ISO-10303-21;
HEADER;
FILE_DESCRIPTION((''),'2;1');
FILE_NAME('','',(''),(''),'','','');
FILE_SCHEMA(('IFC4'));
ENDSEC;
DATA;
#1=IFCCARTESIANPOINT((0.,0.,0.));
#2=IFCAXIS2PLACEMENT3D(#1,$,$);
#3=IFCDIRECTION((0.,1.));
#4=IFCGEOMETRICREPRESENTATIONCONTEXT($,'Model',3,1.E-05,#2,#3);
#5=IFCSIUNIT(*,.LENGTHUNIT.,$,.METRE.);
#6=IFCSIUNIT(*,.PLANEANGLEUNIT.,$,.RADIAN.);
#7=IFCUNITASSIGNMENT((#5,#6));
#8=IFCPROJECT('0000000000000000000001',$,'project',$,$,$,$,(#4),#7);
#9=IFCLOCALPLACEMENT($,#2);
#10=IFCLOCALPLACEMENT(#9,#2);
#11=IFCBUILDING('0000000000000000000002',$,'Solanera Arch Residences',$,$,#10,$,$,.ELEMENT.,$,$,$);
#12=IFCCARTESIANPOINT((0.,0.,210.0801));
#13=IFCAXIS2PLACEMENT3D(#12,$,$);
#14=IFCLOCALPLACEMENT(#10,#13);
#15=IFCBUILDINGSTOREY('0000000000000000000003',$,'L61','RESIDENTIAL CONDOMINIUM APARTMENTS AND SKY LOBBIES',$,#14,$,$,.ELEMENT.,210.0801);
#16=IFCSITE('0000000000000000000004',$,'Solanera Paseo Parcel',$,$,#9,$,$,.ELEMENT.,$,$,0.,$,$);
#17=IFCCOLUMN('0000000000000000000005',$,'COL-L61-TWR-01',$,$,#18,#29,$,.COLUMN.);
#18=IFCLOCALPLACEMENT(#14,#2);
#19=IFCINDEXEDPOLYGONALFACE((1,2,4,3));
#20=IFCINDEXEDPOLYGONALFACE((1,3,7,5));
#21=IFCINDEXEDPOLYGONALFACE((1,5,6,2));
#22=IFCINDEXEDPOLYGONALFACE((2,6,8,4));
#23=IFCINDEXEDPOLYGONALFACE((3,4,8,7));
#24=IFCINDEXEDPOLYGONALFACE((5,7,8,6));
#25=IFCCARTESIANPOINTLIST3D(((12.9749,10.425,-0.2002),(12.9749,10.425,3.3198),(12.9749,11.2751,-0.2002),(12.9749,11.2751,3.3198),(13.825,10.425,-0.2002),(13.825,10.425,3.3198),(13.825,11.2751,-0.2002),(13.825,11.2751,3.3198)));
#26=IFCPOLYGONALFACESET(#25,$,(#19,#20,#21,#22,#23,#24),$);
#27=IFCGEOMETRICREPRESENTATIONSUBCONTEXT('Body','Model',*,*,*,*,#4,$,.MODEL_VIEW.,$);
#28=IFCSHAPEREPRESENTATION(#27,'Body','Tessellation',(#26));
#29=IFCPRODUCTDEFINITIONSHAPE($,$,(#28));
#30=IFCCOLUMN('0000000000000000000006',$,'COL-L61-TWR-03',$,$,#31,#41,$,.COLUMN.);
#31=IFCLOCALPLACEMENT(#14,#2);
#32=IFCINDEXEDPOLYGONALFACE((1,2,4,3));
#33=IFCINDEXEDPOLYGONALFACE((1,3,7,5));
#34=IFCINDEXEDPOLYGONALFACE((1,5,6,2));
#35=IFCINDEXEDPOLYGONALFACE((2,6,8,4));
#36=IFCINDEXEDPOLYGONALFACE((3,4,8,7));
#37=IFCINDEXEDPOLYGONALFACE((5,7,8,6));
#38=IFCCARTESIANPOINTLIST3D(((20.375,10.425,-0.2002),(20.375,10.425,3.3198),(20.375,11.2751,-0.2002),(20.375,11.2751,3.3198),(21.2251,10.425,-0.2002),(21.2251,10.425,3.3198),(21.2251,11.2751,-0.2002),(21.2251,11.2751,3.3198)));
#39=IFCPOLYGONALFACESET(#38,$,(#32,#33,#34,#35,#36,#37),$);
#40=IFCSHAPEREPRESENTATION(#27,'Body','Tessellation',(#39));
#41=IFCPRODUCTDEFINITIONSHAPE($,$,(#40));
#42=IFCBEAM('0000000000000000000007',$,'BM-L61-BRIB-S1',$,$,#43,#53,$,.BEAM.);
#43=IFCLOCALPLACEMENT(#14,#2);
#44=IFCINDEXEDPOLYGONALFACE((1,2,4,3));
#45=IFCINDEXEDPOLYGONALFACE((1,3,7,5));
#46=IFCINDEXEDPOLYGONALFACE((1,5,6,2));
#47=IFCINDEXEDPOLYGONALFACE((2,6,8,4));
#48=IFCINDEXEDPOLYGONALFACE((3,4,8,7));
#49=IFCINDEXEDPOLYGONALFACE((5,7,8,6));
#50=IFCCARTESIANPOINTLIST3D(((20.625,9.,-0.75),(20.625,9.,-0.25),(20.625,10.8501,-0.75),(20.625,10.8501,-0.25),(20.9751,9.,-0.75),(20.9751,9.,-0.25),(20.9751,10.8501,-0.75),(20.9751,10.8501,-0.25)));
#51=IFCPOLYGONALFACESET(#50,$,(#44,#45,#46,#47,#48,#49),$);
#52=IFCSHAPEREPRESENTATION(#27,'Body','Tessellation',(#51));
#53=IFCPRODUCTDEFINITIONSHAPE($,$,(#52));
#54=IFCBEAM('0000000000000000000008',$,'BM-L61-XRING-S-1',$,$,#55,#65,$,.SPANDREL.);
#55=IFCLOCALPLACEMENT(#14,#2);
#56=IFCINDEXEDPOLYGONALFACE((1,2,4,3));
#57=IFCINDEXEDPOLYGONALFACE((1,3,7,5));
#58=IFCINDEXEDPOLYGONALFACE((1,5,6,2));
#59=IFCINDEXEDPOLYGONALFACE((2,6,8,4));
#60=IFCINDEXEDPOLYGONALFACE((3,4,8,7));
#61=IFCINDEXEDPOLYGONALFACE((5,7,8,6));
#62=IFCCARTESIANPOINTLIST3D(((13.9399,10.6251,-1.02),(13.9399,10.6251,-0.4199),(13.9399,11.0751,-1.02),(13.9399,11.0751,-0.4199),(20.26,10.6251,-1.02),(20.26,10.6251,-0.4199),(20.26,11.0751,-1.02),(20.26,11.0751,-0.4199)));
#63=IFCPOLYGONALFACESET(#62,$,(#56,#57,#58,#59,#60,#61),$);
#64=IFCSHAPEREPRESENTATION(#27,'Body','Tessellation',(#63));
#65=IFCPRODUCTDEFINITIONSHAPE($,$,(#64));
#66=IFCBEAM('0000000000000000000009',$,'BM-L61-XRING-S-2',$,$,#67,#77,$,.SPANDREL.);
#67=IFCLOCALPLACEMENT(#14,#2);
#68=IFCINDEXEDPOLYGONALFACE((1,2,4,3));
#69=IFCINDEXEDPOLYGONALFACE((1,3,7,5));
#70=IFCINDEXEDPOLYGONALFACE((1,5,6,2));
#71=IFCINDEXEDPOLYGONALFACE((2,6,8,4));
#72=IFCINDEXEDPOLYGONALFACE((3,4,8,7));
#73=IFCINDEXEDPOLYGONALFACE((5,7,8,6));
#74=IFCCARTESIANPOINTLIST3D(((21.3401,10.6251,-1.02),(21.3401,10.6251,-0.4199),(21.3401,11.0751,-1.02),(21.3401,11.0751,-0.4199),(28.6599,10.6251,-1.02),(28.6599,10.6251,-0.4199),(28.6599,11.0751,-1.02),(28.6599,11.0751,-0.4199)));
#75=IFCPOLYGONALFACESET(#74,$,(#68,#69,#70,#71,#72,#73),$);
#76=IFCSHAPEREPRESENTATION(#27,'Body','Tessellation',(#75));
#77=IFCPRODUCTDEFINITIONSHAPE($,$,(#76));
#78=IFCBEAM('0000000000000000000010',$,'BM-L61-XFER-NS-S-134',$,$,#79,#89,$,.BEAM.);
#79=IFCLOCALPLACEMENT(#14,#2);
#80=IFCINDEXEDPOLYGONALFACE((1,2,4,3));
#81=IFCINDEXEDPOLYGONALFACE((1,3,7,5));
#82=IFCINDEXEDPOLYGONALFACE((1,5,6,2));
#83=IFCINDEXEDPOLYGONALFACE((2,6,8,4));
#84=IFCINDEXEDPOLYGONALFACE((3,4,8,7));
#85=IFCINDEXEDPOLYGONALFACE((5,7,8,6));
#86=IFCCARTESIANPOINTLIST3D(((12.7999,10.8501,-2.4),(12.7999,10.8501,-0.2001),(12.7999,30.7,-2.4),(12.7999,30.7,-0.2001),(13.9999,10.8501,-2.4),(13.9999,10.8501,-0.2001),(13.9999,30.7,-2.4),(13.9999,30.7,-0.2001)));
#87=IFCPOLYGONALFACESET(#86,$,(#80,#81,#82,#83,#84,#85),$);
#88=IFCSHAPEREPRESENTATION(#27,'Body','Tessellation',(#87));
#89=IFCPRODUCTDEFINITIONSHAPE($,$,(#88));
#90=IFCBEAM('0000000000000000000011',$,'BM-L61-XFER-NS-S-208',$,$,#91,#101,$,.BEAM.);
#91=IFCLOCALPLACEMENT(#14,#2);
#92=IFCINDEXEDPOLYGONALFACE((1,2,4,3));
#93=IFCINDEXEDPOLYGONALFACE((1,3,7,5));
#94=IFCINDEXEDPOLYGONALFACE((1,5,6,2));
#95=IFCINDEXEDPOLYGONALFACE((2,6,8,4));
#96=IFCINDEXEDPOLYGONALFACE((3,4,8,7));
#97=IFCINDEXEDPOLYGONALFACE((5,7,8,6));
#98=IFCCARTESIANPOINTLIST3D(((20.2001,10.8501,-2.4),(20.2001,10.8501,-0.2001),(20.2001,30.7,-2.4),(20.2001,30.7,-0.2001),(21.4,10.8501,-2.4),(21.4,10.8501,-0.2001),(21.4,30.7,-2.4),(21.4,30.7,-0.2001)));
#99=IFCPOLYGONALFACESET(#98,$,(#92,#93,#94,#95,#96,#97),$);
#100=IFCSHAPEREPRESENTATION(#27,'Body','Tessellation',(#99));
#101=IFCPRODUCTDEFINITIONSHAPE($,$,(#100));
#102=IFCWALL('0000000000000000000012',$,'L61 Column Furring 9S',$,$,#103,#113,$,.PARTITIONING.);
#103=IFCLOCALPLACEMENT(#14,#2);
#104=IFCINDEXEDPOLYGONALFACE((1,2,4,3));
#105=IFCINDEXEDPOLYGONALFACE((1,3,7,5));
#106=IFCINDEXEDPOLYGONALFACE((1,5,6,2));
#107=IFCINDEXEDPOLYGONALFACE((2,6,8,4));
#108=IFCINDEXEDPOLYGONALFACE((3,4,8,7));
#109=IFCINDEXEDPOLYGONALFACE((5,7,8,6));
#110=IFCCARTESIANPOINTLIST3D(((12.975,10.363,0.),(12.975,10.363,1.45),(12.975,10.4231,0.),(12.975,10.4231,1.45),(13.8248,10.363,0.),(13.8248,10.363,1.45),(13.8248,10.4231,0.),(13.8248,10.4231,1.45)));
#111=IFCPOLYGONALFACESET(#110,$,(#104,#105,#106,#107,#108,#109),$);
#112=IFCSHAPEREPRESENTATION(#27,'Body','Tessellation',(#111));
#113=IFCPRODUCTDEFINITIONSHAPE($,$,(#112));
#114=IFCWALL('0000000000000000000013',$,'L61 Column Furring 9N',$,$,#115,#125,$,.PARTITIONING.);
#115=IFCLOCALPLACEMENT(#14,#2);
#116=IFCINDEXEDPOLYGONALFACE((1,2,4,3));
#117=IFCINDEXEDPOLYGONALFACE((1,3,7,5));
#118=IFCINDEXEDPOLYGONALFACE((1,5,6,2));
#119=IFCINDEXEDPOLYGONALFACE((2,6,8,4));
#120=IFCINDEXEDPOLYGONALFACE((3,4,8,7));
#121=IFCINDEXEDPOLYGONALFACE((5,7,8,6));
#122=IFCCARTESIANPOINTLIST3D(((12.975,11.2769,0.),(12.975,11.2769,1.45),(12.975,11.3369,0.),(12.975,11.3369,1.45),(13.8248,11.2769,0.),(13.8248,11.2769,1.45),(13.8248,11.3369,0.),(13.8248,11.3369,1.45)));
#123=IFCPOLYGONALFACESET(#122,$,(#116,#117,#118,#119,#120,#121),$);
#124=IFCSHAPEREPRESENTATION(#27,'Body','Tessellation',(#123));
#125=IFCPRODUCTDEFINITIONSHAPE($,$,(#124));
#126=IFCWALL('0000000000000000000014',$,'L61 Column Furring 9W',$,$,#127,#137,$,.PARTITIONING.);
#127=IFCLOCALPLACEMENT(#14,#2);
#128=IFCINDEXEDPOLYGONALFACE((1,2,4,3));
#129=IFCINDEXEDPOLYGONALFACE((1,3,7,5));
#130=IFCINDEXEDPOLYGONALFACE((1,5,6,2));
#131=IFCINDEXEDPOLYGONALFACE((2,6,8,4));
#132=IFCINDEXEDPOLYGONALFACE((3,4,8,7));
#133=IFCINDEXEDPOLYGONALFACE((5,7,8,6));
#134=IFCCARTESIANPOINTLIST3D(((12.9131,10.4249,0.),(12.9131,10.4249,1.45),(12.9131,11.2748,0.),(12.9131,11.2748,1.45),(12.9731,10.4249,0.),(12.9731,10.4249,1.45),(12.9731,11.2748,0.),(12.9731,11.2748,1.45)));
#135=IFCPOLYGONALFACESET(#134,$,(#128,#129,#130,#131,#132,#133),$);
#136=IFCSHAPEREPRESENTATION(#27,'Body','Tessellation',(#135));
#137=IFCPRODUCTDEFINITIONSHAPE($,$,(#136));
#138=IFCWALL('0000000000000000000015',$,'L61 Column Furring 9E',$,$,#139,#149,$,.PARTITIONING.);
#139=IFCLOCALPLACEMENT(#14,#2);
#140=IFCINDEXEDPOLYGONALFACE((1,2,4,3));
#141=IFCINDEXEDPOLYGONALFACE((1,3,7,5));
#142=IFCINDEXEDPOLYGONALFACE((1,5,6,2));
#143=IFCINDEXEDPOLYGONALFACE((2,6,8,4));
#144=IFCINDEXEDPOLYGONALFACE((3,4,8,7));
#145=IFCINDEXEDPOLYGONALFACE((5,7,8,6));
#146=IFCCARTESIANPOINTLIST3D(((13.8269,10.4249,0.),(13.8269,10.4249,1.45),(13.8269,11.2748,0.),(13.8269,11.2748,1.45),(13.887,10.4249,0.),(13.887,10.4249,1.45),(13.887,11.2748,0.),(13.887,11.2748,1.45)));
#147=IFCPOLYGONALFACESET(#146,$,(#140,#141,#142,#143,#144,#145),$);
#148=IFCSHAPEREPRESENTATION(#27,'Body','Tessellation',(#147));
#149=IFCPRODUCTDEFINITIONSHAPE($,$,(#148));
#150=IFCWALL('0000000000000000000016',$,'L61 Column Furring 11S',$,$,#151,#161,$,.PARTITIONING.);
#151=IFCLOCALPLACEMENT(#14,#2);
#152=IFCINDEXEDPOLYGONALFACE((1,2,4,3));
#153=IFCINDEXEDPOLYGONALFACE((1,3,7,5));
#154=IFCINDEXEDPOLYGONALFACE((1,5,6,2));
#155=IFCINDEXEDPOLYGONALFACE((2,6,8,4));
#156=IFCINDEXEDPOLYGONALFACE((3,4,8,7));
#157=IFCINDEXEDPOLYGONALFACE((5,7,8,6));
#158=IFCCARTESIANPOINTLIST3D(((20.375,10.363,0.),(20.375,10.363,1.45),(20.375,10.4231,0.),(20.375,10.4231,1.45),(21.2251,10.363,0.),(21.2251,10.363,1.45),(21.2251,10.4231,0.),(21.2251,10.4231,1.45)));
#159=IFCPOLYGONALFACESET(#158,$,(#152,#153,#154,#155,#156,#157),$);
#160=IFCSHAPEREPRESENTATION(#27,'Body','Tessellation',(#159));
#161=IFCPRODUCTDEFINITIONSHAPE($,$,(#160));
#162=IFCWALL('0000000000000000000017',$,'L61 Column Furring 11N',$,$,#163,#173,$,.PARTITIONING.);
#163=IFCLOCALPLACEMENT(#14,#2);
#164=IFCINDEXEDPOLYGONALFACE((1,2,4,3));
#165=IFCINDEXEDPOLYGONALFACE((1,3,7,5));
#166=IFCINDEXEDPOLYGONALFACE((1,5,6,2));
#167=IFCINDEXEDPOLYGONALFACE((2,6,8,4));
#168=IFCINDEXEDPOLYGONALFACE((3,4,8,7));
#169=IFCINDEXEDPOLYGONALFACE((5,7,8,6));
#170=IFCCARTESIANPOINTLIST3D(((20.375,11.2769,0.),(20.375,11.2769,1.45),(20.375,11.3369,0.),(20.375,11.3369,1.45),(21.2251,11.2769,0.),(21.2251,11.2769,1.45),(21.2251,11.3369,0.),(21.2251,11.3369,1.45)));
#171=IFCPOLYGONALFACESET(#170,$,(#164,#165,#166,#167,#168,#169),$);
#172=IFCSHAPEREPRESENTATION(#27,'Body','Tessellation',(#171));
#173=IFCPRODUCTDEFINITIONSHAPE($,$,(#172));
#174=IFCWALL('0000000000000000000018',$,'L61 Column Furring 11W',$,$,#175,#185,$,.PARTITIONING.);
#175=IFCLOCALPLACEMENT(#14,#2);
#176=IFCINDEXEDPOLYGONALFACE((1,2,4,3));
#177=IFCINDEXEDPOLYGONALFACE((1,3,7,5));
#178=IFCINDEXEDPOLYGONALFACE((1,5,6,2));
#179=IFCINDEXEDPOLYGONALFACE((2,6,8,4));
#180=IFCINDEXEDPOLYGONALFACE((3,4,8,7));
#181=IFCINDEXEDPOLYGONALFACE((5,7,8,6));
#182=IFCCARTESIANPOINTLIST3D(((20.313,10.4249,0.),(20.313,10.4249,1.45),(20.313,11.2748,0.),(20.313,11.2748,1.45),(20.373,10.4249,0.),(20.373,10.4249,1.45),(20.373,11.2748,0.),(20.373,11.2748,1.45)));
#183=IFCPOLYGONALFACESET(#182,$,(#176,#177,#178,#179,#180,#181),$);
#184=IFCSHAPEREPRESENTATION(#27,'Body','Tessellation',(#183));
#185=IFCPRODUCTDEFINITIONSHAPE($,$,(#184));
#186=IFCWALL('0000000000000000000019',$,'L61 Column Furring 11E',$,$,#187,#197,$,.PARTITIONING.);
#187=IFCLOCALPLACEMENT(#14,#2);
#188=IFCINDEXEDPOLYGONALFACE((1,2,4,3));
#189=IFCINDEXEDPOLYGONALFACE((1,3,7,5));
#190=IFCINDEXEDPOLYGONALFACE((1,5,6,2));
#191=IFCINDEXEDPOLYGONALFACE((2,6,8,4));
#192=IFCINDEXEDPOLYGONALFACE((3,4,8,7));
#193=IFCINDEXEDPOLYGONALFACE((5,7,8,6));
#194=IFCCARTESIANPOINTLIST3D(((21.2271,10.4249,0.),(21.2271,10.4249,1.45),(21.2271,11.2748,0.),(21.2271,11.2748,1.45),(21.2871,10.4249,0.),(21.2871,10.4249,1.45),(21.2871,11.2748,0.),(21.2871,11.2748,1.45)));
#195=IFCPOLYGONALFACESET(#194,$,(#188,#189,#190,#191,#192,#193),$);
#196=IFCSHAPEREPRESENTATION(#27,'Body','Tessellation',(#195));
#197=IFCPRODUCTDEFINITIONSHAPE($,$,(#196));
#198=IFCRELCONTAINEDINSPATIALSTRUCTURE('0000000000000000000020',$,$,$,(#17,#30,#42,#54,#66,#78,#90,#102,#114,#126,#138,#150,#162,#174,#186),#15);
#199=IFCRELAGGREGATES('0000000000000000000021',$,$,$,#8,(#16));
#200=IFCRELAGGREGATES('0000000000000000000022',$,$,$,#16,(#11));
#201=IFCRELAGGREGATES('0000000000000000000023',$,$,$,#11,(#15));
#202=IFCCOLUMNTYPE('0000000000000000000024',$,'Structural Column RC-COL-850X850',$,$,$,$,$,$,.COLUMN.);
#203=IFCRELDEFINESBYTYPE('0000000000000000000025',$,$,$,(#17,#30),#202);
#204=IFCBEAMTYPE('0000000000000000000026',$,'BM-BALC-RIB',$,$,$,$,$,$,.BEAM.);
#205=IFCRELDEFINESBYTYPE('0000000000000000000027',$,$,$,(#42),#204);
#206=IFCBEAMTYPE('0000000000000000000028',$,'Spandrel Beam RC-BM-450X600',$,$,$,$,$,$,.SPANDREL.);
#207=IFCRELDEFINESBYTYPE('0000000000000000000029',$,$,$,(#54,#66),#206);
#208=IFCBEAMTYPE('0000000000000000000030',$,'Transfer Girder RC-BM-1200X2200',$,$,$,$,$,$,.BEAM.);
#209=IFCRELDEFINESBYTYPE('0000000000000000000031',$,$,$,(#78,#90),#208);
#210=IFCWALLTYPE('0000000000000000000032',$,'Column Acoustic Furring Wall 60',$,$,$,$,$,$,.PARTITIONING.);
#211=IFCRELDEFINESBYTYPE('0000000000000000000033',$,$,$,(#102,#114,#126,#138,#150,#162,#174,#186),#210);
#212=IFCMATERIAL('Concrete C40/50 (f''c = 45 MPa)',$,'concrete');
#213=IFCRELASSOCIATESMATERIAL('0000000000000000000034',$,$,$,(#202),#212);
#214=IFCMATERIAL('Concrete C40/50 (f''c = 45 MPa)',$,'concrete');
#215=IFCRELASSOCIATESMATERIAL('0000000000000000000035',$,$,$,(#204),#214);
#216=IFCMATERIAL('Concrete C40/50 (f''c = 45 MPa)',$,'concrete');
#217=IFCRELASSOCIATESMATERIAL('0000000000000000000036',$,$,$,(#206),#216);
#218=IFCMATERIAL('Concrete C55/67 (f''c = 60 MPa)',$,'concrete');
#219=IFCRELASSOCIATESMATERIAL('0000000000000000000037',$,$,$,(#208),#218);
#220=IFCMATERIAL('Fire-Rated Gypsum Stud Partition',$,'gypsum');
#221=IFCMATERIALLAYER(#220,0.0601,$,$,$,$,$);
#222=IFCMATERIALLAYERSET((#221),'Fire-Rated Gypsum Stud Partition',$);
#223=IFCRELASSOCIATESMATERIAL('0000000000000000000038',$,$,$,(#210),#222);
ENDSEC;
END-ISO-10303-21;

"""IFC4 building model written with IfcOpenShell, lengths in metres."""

from ifc_helpers import new_model, si_unit, direction, frame, frame_2d, origin, origin_2d, place, context, subcontext, project, spatial, rectangle, extrude, material, layer, layer_set, material_profile, profile_set, type_object, element, save


model = new_model("IFC4")

# Units and contexts
model_context = context("Model", 3, precision=1e-05, world=origin(), true_north=direction((0.0, 1.0)))
body_context = subcontext(model_context, "Body", "Model", "MODEL_VIEW")
ifc_project = project(units=[si_unit("LENGTHUNIT", "METRE"), si_unit("PLANEANGLEUNIT", "RADIAN")], contexts=[model_context])

# Site, building, storey
site_placement = place(None, origin())
site = spatial("IfcSite", under=ifc_project, at=site_placement, Name="Solanera Paseo Parcel", CompositionType="ELEMENT", RefElevation=0.0)
building_placement = place(site_placement, origin())
building = spatial("IfcBuilding", under=site, at=building_placement, Name="Solanera Arch Residences", CompositionType="ELEMENT")
storey_placement = place(building_placement, frame((0.0, 0.0, 210.0801)))
storey = spatial("IfcBuildingStorey", under=building, at=storey_placement, Name="L61", Description="RESIDENTIAL CONDOMINIUM APARTMENTS AND SKY LOBBIES", CompositionType="ELEMENT", Elevation=210.0801)

# Columns
ifc_material_1 = material(Name="Concrete C40/50 (f'c = 45 MPa)", Category="concrete")
ifc_material_profile_1 = material_profile(ifc_material_1, rectangle(XDim=0.8501, YDim=0.8501, at=origin_2d()))
ifc_profile_set_1 = profile_set([ifc_material_profile_1], Name="Concrete C40/50 (f'c = 45 MPa)")
column_type = type_object("IfcColumnType", Name="Structural Column RC-COL-850X850", PredefinedType="COLUMN", material=ifc_profile_set_1)
for number, where, z_axis, x_axis, name in (
    (1, (13.3999, 10.8501, -0.2002), (0.0, 0.0, 1.0), (1.0, 0.0, 0.0), "COL-L61-TWR-01"),
    (2, (20.8, 10.8501, -0.2002), (0.0, 0.0, 1.0), (1.0, 0.0, 0.0), "COL-L61-TWR-03"),
):
    element("IfcColumn", number, at=place(storey_placement, frame(where, z_axis=z_axis, x_axis=x_axis)), inside=storey, type_object=column_type, Name=name, PredefinedType="COLUMN", context=body_context, shape_type="SweptSolid", body=[
        extrude(rectangle(XDim=0.8501, YDim=0.8501, at=origin_2d()), origin(), (0.0, 0.0, 1.0), 3.52),
    ])

# Beams
ifc_material_2 = material(Name="Concrete C40/50 (f'c = 45 MPa)", Category="concrete")
ifc_material_profile_2 = material_profile(ifc_material_2, rectangle(XDim=0.3501, YDim=0.5, at=origin_2d()))
ifc_profile_set_2 = profile_set([ifc_material_profile_2], Name="Concrete C40/50 (f'c = 45 MPa)")
beam_type_1 = type_object("IfcBeamType", Name="BM-BALC-RIB", PredefinedType="BEAM", material=ifc_profile_set_2)
beam_1_placement = place(storey_placement, frame((20.8, 9.0, -0.5), z_axis=(0.0, 1.0, 0.0), x_axis=(-1.0, 0.0, 0.0)))
element("IfcBeam", 3, at=beam_1_placement, inside=storey, type_object=beam_type_1, Name="BM-L61-BRIB-S1", PredefinedType="BEAM", context=body_context, shape_type="SweptSolid", body=[
    extrude(rectangle(XDim=0.3501, YDim=0.5, at=origin_2d()), origin(), (0.0, 0.0, 1.0), 1.8501),
])
ifc_material_3 = material(Name="Concrete C40/50 (f'c = 45 MPa)", Category="concrete")
ifc_material_profile_3 = material_profile(ifc_material_3, rectangle(XDim=0.45, YDim=0.6001, at=origin_2d()))
ifc_profile_set_3 = profile_set([ifc_material_profile_3], Name="Concrete C40/50 (f'c = 45 MPa)")
beam_type_2 = type_object("IfcBeamType", Name="Spandrel Beam RC-BM-450X600", PredefinedType="SPANDREL", material=ifc_profile_set_3)
beam_2_placement = place(storey_placement, frame((13.9399, 10.8501, -0.72), z_axis=(1.0, 0.0, 0.0), x_axis=(0.0, 1.0, 0.0)))
element("IfcBeam", 4, at=beam_2_placement, inside=storey, type_object=beam_type_2, Name="BM-L61-XRING-S-1", PredefinedType="SPANDREL", context=body_context, shape_type="SweptSolid", body=[
    extrude(rectangle(XDim=0.45, YDim=0.6001, at=origin_2d()), origin(), (0.0, 0.0, 1.0), 6.3201),
])
beam_3_placement = place(storey_placement, frame((21.3401, 10.8501, -0.72), z_axis=(1.0, 0.0, 0.0), x_axis=(0.0, 1.0, 0.0)))
element("IfcBeam", 5, at=beam_3_placement, inside=storey, type_object=beam_type_2, Name="BM-L61-XRING-S-2", PredefinedType="SPANDREL", context=body_context, shape_type="SweptSolid", body=[
    extrude(rectangle(XDim=0.45, YDim=0.6001, at=origin_2d()), origin(), (0.0, 0.0, 1.0), 7.3198),
])
ifc_material_4 = material(Name="Concrete C55/67 (f'c = 60 MPa)", Category="concrete")
ifc_material_profile_4 = material_profile(ifc_material_4, rectangle(XDim=1.2, YDim=2.2, at=origin_2d()))
ifc_profile_set_4 = profile_set([ifc_material_profile_4], Name="Concrete C55/67 (f'c = 60 MPa)")
beam_type_3 = type_object("IfcBeamType", Name="Transfer Girder RC-BM-1200X2200", PredefinedType="BEAM", material=ifc_profile_set_4)
for number, where, z_axis, x_axis, name in (
    (6, (13.3999, 10.8501, -1.3), (0.0, 1.0, 0.0), (-1.0, 0.0, 0.0), "BM-L61-XFER-NS-S-134"),
    (7, (20.8, 10.8501, -1.3), (0.0, 1.0, 0.0), (-1.0, 0.0, 0.0), "BM-L61-XFER-NS-S-208"),
):
    element("IfcBeam", number, at=place(storey_placement, frame(where, z_axis=z_axis, x_axis=x_axis)), inside=storey, type_object=beam_type_3, Name=name, PredefinedType="BEAM", context=body_context, shape_type="SweptSolid", body=[
        extrude(rectangle(XDim=1.2, YDim=2.2, at=origin_2d()), origin(), (0.0, 0.0, 1.0), 19.8499),
    ])

# Walls
ifc_material_5 = material(Name="Fire-Rated Gypsum Stud Partition", Category="gypsum")
ifc_layer_1 = layer(ifc_material_5, 0.0601)
ifc_layer_set_1 = layer_set([ifc_layer_1], Name="Fire-Rated Gypsum Stud Partition")
wall_type_1 = type_object("IfcWallType", Name="Column Acoustic Furring Wall 60", PredefinedType="PARTITIONING", material=ifc_layer_set_1)
for number, where, z_axis, x_axis, name in (
    (8, (12.9751, 10.3931, 0.0), (0.0, 0.0, 1.0), (1.0, 0.0, 0.0), "L61 Column Furring 9S"),
    (9, (12.9751, 11.3069, 0.0), (0.0, 0.0, 1.0), (1.0, 0.0, 0.0), "L61 Column Furring 9N"),
    (10, (12.9431, 10.425, 0.0), (0.0, 0.0, 1.0), (0.0, 1.0, 0.0), "L61 Column Furring 9W"),
    (11, (13.8569, 10.425, 0.0), (0.0, 0.0, 1.0), (0.0, 1.0, 0.0), "L61 Column Furring 9E"),
):
    element("IfcWall", number, at=place(storey_placement, frame(where, z_axis=z_axis, x_axis=x_axis)), inside=storey, type_object=wall_type_1, Name=name, PredefinedType="PARTITIONING", context=body_context, shape_type="SweptSolid", body=[
        extrude(rectangle(XDim=0.8499, YDim=0.0601, at=frame_2d((0.4248, 0.0))), origin(), (0.0, 0.0, 1.0), 1.45),
    ])
for number, where, z_axis, x_axis, name in (
    (12, (20.375, 10.3931, 0.0), (0.0, 0.0, 1.0), (1.0, 0.0, 0.0), "L61 Column Furring 11S"),
    (13, (20.375, 11.3069, 0.0), (0.0, 0.0, 1.0), (1.0, 0.0, 0.0), "L61 Column Furring 11N"),
):
    element("IfcWall", number, at=place(storey_placement, frame(where, z_axis=z_axis, x_axis=x_axis)), inside=storey, type_object=wall_type_1, Name=name, PredefinedType="PARTITIONING", context=body_context, shape_type="SweptSolid", body=[
        extrude(rectangle(XDim=0.8501, YDim=0.0601, at=frame_2d((0.425, 0.0))), origin(), (0.0, 0.0, 1.0), 1.45),
    ])
for number, where, z_axis, x_axis, name in (
    (14, (20.343, 10.425, 0.0), (0.0, 0.0, 1.0), (0.0, 1.0, 0.0), "L61 Column Furring 11W"),
    (15, (21.2571, 10.425, 0.0), (0.0, 0.0, 1.0), (0.0, 1.0, 0.0), "L61 Column Furring 11E"),
):
    element("IfcWall", number, at=place(storey_placement, frame(where, z_axis=z_axis, x_axis=x_axis)), inside=storey, type_object=wall_type_1, Name=name, PredefinedType="PARTITIONING", context=body_context, shape_type="SweptSolid", body=[
        extrude(rectangle(XDim=0.8499, YDim=0.0601, at=frame_2d((0.4248, 0.0))), origin(), (0.0, 0.0, 1.0), 1.45),
    ])

save(model, "model.ifc")
